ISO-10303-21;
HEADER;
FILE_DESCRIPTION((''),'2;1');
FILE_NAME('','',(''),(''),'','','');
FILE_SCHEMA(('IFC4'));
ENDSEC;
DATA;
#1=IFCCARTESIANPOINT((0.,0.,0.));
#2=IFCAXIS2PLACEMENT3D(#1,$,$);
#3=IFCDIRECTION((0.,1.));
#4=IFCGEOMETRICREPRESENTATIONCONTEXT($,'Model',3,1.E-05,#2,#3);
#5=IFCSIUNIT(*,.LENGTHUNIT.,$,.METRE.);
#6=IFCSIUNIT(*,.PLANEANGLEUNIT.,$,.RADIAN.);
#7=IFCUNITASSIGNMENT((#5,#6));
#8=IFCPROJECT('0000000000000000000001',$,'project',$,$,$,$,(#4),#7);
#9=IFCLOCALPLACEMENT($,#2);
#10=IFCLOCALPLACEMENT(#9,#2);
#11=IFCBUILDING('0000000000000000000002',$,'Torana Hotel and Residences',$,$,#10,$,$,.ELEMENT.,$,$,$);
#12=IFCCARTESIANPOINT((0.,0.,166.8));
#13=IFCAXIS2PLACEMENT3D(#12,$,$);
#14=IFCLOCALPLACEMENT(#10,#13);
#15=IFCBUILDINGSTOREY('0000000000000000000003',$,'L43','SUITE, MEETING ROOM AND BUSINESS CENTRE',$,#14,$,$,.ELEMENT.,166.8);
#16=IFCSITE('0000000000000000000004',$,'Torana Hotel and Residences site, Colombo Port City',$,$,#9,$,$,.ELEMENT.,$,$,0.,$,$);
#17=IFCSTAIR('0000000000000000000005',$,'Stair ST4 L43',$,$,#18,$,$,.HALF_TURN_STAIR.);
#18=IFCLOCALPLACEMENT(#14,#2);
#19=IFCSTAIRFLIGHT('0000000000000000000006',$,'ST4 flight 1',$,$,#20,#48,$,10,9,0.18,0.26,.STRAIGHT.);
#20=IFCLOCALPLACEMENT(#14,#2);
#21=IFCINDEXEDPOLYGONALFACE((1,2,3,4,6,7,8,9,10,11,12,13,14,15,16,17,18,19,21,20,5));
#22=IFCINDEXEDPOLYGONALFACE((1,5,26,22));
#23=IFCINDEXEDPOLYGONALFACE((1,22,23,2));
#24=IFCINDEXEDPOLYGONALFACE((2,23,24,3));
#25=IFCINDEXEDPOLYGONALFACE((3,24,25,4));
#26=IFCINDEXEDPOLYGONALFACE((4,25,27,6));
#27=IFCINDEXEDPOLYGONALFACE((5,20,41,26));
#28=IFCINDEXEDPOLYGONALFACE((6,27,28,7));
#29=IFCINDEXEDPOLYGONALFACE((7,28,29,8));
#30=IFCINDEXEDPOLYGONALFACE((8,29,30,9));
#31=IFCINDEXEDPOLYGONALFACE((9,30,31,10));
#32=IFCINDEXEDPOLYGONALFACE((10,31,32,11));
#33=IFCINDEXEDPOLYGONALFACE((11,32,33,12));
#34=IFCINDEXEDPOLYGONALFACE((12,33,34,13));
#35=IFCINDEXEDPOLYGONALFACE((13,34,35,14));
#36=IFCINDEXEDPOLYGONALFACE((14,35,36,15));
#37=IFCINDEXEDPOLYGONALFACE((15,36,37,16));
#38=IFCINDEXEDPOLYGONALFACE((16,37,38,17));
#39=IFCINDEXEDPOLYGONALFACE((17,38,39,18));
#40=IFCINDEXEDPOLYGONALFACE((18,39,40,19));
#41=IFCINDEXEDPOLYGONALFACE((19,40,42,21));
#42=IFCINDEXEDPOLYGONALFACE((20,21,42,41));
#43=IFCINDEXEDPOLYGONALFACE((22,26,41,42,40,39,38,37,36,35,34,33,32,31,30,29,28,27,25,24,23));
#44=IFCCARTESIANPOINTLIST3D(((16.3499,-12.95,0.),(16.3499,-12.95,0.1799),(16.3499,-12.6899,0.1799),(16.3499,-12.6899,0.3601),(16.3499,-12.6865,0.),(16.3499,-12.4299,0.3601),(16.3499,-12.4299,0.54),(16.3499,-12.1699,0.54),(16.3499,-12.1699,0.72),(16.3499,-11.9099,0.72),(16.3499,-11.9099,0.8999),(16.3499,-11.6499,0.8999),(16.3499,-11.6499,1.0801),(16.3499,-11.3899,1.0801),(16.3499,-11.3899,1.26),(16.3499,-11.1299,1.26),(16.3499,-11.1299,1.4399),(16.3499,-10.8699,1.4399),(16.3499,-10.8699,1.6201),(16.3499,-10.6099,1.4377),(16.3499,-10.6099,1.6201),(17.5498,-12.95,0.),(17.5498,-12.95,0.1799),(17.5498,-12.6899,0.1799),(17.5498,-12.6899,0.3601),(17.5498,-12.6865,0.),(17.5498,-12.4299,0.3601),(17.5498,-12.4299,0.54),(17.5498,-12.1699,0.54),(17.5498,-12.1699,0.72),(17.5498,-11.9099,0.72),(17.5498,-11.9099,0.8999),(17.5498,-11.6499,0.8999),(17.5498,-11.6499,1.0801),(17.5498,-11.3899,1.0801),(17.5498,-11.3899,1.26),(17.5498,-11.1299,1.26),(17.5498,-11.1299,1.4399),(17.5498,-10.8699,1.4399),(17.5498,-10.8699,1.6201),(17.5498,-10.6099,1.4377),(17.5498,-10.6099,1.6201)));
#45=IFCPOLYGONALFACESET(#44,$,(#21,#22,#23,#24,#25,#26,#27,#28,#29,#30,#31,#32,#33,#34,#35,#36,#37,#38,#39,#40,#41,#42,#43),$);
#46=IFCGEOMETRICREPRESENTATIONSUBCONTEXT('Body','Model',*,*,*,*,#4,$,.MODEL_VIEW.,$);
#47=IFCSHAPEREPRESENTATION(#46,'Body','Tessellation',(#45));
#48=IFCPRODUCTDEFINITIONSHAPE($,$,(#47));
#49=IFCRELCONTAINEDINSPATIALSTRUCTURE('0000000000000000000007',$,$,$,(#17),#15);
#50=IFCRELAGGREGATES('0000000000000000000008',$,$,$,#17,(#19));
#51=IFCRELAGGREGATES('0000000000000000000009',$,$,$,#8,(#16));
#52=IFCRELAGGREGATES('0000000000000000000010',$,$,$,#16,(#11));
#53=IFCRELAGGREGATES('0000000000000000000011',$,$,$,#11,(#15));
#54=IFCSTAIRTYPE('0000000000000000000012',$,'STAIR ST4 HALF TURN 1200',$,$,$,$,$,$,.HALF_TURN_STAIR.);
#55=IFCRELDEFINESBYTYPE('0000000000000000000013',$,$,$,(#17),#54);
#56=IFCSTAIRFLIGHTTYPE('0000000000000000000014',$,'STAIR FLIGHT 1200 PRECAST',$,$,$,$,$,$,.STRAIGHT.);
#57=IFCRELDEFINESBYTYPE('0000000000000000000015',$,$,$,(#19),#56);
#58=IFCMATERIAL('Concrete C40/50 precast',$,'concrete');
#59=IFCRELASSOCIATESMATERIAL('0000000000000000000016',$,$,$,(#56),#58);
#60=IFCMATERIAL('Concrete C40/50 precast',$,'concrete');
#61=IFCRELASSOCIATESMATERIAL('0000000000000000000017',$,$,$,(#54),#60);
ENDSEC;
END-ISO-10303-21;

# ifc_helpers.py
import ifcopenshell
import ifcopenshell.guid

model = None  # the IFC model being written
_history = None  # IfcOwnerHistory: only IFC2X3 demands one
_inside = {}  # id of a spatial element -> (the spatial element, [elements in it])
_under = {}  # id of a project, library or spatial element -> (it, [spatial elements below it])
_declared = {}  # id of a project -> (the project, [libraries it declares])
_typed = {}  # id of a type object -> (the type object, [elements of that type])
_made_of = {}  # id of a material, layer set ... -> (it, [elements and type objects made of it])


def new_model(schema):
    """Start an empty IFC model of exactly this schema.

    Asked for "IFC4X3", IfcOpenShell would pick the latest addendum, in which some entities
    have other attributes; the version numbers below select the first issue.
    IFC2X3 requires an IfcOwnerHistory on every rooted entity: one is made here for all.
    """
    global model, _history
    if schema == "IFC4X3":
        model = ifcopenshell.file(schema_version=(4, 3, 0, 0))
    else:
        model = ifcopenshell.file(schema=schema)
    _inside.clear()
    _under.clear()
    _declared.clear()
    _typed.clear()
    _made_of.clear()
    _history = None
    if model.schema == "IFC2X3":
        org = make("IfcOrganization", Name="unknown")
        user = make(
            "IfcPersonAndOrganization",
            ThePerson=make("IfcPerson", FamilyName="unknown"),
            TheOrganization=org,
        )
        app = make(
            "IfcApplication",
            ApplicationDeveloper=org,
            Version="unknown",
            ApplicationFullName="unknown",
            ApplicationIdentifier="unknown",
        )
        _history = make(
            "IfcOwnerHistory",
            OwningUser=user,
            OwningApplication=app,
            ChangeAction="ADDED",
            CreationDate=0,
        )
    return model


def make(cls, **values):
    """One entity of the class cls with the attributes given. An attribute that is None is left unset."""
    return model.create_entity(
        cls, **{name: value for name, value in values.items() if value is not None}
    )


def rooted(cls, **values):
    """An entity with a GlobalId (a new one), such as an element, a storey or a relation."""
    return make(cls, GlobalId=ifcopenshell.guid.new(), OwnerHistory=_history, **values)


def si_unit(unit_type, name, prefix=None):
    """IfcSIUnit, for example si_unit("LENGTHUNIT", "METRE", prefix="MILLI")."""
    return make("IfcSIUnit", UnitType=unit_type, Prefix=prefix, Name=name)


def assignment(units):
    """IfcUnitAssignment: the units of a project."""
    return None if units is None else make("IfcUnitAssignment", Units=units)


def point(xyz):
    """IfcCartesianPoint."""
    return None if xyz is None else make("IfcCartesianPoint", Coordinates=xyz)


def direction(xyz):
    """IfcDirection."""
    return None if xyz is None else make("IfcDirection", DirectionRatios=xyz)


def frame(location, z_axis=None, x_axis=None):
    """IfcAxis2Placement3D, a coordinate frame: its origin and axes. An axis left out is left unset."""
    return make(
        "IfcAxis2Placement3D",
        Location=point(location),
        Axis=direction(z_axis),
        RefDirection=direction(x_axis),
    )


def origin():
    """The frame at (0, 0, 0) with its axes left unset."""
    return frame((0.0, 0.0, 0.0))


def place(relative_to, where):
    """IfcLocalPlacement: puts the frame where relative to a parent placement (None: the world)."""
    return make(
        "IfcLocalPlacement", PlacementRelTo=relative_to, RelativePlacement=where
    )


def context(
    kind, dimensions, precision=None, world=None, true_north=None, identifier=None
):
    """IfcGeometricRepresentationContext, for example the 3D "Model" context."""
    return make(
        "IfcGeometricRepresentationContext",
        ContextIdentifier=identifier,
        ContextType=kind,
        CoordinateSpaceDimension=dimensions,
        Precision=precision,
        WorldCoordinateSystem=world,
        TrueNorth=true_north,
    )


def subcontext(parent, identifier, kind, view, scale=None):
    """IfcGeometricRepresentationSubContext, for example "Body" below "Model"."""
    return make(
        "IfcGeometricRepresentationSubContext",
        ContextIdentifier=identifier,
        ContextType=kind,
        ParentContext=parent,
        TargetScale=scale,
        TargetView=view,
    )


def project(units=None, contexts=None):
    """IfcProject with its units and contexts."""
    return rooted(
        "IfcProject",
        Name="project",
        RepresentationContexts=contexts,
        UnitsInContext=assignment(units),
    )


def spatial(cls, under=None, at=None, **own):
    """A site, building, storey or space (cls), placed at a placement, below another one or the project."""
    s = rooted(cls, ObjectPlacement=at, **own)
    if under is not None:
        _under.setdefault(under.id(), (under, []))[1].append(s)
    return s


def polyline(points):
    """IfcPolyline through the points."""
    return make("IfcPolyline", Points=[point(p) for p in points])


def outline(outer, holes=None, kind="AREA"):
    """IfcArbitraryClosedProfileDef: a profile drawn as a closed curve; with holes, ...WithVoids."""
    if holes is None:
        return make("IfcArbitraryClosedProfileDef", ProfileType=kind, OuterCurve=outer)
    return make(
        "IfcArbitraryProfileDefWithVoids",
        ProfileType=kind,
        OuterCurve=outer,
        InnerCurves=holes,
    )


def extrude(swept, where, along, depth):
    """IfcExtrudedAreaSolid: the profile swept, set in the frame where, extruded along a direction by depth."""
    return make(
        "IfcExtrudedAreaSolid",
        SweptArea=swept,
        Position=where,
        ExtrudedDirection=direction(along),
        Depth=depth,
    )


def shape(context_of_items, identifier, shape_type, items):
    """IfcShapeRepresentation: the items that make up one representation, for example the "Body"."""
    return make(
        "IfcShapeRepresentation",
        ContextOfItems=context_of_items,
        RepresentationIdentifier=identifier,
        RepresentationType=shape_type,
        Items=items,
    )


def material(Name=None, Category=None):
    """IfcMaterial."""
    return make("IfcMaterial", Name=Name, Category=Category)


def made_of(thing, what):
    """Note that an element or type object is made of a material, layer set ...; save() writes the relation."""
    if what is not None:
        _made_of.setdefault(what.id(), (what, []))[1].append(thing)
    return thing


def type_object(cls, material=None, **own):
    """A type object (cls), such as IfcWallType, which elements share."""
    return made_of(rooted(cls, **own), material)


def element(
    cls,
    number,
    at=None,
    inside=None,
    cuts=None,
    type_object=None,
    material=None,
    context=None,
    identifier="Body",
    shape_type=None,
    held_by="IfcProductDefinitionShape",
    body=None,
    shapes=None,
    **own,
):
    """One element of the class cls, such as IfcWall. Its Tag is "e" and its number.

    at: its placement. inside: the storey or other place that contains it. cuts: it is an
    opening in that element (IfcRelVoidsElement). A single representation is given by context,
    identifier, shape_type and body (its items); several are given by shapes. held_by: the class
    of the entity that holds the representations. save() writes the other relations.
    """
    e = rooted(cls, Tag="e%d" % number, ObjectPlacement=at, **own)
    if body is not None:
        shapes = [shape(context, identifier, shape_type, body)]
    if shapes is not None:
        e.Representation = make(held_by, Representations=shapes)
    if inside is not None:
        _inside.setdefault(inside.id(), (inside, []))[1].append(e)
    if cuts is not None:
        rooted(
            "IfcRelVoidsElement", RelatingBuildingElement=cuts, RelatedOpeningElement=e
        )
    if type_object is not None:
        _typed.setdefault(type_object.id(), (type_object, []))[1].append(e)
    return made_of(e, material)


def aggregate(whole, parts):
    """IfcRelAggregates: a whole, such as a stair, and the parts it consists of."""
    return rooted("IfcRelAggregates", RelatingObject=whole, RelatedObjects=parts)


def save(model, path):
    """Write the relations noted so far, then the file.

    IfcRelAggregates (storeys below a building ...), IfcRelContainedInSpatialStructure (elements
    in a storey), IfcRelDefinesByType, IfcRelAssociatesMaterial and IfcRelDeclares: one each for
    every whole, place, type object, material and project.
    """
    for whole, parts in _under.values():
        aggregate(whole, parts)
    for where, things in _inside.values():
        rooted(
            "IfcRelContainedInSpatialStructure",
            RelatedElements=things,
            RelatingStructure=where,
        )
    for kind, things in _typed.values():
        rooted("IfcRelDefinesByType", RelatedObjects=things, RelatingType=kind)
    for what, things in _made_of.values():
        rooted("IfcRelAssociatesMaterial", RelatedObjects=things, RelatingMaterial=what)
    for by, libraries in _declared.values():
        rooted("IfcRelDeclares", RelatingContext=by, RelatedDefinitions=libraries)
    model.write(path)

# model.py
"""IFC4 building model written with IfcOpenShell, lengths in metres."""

from ifc_helpers import new_model, si_unit, direction, frame, origin, place, context, subcontext, project, spatial, polyline, outline, extrude, material, type_object, element, aggregate, save


model = new_model("IFC4")

# Units and contexts
model_context = context("Model", 3, precision=1e-05, world=origin(), true_north=direction((0.0, 1.0)))
body_context = subcontext(model_context, "Body", "Model", "MODEL_VIEW")
ifc_project = project(units=[si_unit("LENGTHUNIT", "METRE"), si_unit("PLANEANGLEUNIT", "RADIAN")], contexts=[model_context])

# Site, building, storey
site_placement = place(None, origin())
site = spatial("IfcSite", under=ifc_project, at=site_placement, Name="Torana Hotel and Residences site, Colombo Port City", CompositionType="ELEMENT", RefElevation=0.0)
building_placement = place(site_placement, origin())
building = spatial("IfcBuilding", under=site, at=building_placement, Name="Torana Hotel and Residences", CompositionType="ELEMENT")
storey_placement = place(building_placement, frame((0.0, 0.0, 166.8)))
storey = spatial("IfcBuildingStorey", under=building, at=storey_placement, Name="L43", Description="SUITE, MEETING ROOM AND BUSINESS CENTRE", CompositionType="ELEMENT", Elevation=166.8)

# Stair, stair flight
ifc_material_1 = material(Name="Concrete C40/50 precast", Category="concrete")
stair_flight_type = type_object("IfcStairFlightType", Name="STAIR FLIGHT 1200 PRECAST", PredefinedType="STRAIGHT", material=ifc_material_1)
ifc_material_2 = material(Name="Concrete C40/50 precast", Category="concrete")
stair_type_1 = type_object("IfcStairType", Name="STAIR ST4 HALF TURN 1200", PredefinedType="HALF_TURN_STAIR", material=ifc_material_2)
stair_1_placement = place(storey_placement, origin())
stair_1 = element("IfcStair", 1, at=stair_1_placement, inside=storey, type_object=stair_type_1, Name="Stair ST4 L43", PredefinedType="HALF_TURN_STAIR")
stair_flight_1_placement = place(storey_placement, frame((16.95, -12.95, 0.0), z_axis=(0.0, 0.0, 1.0), x_axis=(0.0, 1.0, 0.0)))
stair_flight_1 = element("IfcStairFlight", 2, at=stair_flight_1_placement, type_object=stair_flight_type, Name="ST4 flight 1", NumberOfRisers=10, NumberOfTreads=9, PredefinedType="STRAIGHT", RiserHeight=0.18, TreadLength=0.26, context=body_context, shape_type="SweptSolid", body=[
    extrude(outline(polyline([(0.0, 0.0), (0.0, 0.1799), (0.26, 0.1799), (0.26, 0.3601), (0.52, 0.3601), (0.52, 0.54), (0.78, 0.54), (0.78, 0.72), (1.04, 0.72), (1.04, 0.8999), (1.3, 0.8999), (1.3, 1.0801), (1.5601, 1.0801), (1.5601, 1.26), (1.8201, 1.26), (1.8201, 1.4399), (2.0801, 1.4399), (2.0801, 1.6201), (2.3401, 1.6201), (2.3401, 1.8), (2.3401, 1.4377), (0.2634, 0.0), (0.0, 0.0)])), frame((0.0, 0.6001, 0.0), z_axis=(0.0, -1.0, 0.0), x_axis=(1.0, 0.0, 0.0)), (0.0, 0.0, 1.0), 1.2),
])
aggregate(stair_1, [stair_flight_1])

save(model, "model.ifc")
